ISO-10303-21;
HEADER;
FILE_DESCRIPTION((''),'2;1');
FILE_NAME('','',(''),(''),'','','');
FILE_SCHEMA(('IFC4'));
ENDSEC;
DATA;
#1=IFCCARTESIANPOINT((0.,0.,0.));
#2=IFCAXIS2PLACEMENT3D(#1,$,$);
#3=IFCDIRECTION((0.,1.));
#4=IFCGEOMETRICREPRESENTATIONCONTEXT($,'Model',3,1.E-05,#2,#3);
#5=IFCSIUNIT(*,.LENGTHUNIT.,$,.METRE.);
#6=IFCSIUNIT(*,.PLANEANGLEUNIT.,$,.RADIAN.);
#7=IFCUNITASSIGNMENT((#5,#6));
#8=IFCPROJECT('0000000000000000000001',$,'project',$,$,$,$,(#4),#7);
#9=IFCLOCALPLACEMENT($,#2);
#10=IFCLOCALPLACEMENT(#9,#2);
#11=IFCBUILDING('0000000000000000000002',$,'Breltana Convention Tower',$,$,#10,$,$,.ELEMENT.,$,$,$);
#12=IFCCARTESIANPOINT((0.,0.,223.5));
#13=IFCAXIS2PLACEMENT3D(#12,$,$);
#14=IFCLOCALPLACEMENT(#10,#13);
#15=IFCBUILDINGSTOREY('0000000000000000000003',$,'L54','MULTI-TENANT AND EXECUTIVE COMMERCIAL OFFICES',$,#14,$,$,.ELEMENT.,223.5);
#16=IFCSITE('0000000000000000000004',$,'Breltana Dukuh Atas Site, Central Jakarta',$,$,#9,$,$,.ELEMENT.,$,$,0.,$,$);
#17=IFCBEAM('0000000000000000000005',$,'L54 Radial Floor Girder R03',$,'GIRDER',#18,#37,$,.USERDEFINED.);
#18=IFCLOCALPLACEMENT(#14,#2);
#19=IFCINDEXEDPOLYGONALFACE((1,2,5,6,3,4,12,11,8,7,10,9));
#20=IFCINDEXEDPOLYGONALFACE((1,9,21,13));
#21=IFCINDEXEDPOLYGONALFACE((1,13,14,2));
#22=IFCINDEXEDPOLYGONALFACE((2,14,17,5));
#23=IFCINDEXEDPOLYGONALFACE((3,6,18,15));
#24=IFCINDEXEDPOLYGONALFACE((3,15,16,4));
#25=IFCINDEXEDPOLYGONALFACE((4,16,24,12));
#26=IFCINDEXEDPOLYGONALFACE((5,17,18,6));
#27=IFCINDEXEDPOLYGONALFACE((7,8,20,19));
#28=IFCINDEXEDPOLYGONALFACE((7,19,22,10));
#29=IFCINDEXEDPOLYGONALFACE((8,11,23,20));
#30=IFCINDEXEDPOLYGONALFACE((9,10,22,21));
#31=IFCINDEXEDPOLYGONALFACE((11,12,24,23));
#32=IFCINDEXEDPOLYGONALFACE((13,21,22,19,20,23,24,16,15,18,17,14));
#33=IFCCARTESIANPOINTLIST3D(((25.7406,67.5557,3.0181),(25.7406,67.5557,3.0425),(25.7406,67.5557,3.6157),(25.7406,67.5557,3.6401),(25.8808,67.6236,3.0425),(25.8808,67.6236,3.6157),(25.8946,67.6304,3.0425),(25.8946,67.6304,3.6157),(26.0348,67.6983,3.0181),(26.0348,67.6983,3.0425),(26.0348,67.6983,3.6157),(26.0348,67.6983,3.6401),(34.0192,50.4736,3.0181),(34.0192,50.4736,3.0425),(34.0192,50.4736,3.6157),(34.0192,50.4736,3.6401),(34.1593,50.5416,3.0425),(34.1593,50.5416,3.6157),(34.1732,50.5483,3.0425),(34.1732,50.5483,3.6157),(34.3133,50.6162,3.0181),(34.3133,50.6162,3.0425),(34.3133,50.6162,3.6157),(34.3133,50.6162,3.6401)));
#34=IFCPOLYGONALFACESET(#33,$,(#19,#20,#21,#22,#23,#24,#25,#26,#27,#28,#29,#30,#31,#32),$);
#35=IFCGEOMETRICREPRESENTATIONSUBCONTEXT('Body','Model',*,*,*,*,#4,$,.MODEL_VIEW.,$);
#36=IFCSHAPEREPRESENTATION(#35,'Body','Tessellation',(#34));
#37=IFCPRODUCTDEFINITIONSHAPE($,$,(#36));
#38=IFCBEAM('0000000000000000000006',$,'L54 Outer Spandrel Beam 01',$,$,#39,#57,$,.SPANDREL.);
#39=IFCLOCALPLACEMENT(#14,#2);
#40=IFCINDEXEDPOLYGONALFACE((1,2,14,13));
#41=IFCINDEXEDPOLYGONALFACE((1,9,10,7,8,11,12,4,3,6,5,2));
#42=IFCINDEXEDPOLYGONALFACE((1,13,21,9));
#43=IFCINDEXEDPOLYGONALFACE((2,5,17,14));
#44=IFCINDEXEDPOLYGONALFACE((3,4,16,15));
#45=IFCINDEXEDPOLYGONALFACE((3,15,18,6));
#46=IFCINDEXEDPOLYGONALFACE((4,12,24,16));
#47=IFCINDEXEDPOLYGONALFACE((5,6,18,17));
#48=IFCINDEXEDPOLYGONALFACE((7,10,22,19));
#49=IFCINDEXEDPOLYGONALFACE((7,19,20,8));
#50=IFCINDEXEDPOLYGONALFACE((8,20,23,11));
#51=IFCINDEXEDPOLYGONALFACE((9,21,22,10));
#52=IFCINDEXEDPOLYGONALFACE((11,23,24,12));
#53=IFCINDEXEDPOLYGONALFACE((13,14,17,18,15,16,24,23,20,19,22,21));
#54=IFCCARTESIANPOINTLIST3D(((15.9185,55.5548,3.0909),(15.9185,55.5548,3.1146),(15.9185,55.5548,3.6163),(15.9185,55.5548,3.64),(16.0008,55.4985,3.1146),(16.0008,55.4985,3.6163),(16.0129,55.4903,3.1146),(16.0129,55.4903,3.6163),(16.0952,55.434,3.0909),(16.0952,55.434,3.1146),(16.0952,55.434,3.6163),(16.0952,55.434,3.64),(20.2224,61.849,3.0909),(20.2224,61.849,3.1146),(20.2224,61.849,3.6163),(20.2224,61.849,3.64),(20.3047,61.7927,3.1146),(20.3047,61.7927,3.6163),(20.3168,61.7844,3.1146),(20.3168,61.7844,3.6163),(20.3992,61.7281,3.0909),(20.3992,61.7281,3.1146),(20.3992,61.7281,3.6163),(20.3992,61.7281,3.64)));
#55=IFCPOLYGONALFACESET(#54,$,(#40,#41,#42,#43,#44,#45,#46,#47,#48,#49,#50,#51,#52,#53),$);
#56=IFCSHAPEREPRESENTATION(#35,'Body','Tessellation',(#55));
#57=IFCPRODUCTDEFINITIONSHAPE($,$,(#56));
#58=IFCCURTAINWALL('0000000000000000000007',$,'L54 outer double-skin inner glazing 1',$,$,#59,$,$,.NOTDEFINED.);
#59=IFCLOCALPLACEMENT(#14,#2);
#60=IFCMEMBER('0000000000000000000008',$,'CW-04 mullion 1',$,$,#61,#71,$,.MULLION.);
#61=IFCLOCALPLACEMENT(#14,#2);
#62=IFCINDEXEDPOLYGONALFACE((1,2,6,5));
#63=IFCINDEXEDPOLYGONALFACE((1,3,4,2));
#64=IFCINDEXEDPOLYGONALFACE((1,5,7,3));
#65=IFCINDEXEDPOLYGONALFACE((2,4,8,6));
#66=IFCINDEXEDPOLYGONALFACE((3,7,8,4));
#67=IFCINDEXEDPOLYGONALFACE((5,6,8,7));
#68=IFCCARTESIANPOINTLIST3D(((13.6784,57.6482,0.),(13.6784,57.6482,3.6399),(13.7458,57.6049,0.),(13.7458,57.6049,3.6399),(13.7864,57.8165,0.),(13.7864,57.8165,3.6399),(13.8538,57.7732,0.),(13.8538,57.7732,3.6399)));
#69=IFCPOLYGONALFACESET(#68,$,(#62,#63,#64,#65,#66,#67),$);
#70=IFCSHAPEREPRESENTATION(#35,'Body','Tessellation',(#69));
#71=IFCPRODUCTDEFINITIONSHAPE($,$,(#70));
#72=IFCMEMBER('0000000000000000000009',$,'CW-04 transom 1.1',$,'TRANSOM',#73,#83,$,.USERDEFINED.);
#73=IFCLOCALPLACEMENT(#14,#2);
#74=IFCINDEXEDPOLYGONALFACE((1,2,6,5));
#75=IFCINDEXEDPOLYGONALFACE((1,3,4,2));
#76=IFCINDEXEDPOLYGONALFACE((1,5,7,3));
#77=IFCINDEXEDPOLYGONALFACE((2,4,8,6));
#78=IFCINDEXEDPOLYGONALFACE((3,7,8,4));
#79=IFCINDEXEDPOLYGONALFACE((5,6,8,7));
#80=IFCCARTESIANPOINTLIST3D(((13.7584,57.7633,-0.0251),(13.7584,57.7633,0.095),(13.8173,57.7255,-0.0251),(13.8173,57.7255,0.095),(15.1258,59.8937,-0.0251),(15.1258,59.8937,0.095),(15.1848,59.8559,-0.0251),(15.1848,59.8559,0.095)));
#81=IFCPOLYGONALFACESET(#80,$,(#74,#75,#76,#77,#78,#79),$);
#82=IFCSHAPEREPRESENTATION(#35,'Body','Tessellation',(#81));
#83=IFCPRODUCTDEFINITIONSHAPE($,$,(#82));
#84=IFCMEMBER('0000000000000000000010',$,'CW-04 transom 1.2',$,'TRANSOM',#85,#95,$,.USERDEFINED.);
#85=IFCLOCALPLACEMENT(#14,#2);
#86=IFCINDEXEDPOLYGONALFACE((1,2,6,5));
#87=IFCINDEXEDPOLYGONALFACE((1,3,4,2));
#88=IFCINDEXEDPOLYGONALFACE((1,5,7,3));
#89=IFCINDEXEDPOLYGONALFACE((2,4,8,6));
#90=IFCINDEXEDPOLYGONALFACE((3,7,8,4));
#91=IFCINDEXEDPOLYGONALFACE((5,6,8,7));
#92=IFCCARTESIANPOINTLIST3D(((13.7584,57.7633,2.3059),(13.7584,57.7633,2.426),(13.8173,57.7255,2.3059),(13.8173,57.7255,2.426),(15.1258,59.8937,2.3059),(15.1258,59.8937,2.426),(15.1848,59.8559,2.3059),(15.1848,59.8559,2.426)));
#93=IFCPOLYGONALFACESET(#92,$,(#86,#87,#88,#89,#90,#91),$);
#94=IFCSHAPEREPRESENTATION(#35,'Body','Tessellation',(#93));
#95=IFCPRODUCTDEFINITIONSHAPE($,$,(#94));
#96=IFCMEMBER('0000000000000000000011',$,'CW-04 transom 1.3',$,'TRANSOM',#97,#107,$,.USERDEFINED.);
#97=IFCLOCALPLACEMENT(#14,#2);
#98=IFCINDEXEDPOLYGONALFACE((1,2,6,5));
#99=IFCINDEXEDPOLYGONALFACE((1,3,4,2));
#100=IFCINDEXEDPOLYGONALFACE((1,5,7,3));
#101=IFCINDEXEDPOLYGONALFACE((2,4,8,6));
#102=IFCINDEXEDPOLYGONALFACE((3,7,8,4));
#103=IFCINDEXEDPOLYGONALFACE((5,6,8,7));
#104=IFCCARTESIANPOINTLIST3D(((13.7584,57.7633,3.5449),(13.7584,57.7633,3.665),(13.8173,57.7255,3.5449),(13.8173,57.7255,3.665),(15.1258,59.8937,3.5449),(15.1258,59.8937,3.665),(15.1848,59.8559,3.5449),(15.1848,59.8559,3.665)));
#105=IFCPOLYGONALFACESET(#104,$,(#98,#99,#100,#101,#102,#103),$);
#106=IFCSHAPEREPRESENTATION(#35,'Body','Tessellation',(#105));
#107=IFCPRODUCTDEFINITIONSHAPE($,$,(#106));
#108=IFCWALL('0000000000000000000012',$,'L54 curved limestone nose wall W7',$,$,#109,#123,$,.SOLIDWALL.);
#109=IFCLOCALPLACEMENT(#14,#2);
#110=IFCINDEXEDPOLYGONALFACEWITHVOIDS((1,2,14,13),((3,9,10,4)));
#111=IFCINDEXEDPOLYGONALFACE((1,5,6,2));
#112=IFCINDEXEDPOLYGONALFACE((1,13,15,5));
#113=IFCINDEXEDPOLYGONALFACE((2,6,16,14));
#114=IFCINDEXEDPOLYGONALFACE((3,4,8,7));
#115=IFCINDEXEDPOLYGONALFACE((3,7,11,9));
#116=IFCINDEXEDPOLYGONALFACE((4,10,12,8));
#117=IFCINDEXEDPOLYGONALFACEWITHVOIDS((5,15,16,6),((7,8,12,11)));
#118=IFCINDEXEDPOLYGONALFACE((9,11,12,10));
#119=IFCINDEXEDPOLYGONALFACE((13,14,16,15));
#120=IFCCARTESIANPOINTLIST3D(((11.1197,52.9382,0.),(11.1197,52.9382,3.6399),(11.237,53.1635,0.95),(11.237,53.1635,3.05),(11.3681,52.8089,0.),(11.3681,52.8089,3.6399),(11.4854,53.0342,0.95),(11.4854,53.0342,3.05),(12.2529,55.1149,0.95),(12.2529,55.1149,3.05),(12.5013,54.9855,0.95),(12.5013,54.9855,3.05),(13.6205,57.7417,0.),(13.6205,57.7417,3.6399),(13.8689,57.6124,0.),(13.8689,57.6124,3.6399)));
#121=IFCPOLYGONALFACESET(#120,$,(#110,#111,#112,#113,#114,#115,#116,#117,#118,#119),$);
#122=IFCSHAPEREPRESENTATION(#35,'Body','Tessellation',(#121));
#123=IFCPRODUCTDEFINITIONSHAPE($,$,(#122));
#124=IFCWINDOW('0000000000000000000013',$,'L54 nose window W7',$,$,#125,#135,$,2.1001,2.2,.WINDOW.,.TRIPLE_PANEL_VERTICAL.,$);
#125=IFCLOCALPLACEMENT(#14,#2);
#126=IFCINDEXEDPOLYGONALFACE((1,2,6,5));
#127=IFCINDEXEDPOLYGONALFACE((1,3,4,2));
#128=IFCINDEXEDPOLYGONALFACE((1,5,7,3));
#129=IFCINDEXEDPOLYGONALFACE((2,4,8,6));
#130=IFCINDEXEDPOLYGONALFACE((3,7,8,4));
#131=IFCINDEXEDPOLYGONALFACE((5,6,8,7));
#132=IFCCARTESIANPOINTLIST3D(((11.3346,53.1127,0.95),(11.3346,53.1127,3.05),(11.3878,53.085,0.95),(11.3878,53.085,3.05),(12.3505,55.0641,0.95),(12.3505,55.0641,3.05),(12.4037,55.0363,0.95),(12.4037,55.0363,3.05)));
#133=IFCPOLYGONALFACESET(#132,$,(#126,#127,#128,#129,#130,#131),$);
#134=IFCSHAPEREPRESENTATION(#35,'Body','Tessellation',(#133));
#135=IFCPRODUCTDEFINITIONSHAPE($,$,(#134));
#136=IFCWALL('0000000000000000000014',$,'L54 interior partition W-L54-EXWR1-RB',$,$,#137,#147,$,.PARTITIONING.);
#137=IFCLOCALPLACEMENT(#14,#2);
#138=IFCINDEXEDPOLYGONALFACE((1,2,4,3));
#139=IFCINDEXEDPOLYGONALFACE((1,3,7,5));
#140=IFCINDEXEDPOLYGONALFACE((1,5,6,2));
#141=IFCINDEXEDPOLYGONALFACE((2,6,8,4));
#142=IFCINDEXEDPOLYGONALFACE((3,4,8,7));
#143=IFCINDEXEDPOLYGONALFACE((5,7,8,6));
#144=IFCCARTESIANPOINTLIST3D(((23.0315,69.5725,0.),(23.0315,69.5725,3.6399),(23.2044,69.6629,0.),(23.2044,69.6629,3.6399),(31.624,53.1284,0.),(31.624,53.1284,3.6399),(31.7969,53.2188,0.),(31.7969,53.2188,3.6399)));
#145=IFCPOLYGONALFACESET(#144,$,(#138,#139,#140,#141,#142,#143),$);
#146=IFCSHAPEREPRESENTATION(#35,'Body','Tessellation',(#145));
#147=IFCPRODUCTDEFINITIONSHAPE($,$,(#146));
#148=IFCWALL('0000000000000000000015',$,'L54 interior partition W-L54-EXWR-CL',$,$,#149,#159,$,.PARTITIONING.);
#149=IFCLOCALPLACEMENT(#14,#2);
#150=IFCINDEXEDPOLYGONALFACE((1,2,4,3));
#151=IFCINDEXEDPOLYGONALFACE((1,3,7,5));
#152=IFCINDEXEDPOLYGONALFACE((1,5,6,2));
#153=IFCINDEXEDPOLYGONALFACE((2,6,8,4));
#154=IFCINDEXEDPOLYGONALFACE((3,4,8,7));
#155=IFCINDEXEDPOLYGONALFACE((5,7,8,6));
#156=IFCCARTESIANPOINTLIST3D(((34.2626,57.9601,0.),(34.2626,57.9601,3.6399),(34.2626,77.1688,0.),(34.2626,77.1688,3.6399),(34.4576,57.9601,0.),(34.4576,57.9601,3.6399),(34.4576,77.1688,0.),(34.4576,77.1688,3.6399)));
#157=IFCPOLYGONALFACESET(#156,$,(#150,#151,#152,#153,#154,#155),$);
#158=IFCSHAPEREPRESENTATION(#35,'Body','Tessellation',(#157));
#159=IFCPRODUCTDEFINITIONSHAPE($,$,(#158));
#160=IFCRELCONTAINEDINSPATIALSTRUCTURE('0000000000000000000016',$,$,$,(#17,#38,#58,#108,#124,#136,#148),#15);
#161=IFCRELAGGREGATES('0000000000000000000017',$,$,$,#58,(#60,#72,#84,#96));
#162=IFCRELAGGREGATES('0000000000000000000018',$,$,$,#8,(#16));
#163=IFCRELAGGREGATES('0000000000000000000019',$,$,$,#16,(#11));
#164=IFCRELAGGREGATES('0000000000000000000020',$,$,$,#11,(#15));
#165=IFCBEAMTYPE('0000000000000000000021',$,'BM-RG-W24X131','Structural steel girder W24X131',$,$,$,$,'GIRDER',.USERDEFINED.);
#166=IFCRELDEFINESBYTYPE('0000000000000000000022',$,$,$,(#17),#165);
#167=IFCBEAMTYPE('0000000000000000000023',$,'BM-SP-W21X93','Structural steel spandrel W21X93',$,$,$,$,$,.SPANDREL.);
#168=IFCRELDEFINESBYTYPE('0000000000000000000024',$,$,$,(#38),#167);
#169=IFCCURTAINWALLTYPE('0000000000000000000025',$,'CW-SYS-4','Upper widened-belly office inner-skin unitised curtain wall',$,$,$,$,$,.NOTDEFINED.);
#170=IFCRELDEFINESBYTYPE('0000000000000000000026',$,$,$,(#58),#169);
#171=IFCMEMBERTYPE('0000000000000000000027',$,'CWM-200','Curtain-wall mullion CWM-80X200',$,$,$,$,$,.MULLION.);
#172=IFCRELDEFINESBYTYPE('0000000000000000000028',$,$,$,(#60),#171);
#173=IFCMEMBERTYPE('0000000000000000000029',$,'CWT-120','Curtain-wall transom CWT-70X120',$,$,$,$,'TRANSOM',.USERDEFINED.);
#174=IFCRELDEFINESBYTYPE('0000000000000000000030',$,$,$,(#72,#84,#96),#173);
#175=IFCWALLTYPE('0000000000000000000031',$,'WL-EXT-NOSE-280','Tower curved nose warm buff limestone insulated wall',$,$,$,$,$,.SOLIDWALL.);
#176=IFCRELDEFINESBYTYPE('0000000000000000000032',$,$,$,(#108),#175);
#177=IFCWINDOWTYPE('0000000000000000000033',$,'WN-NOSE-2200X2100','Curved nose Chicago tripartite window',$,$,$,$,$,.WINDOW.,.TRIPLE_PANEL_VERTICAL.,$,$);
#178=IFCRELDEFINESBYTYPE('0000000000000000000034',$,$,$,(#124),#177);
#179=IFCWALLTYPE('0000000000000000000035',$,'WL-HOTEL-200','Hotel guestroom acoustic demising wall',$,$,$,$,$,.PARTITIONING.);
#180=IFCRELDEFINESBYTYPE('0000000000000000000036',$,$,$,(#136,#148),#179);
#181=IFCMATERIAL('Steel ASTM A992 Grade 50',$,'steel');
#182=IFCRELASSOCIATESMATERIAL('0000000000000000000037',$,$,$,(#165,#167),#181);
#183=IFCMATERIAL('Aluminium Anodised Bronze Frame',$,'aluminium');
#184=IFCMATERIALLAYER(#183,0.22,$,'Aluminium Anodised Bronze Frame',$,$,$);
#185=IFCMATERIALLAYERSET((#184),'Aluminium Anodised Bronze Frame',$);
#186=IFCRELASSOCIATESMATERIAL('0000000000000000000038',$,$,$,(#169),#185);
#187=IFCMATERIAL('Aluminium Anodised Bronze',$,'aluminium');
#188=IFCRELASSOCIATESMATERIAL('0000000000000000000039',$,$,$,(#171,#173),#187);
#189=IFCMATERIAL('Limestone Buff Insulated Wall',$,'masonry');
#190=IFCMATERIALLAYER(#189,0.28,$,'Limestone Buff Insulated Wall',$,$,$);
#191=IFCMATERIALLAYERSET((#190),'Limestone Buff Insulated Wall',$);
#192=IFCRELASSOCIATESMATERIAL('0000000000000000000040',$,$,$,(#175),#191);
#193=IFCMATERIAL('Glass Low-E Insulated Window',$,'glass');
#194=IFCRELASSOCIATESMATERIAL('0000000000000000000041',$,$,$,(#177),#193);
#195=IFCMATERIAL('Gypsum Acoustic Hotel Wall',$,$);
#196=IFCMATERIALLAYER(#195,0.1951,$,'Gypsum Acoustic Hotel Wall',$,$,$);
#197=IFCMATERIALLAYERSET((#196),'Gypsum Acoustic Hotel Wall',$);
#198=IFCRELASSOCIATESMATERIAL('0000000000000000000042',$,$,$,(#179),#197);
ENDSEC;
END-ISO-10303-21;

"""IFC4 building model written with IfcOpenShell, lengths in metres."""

from ifc_helpers import new_model, si_unit, direction, frame, frame_2d, origin, origin_2d, place, context, subcontext, project, spatial, rectangle, i_section, extrude, source, transform, mapped, material, layer, layer_set, material_profile, profile_set, type_object, type_shapes, element, fill, aggregate, save


model = new_model("IFC4")

# Units and contexts
model_context = context("Model", 3, precision=1e-05, world=origin(), true_north=direction((0.0, 1.0)))
body_context = subcontext(model_context, "Body", "Model", "MODEL_VIEW")
ifc_project = project(units=[si_unit("LENGTHUNIT", "METRE"), si_unit("PLANEANGLEUNIT", "RADIAN")], contexts=[model_context])

# Site, building, storey
site_placement = place(None, origin())
site = spatial("IfcSite", under=ifc_project, at=site_placement, Name="Breltana Dukuh Atas Site, Central Jakarta", CompositionType="ELEMENT", RefElevation=0.0)
building_placement = place(site_placement, origin())
building = spatial("IfcBuilding", under=site, at=building_placement, Name="Breltana Convention Tower", CompositionType="ELEMENT")
storey_placement = place(building_placement, frame((0.0, 0.0, 223.5)))
storey = spatial("IfcBuildingStorey", under=building, at=storey_placement, Name="L54", Description="MULTI-TENANT AND EXECUTIVE COMMERCIAL OFFICES", CompositionType="ELEMENT", Elevation=223.5)

# Shared definitions
ifc_material_1 = material(Name="Steel ASTM A992 Grade 50", Category="steel")

# Beams
ifc_material_profile_1 = material_profile(ifc_material_1, i_section(OverallWidth=0.3269, OverallDepth=0.6221, WebThickness=0.0154, FlangeThickness=0.0244, at=origin_2d()), Name="W24X131")
ifc_profile_set_1 = profile_set([ifc_material_profile_1], Name="Steel ASTM A992 Grade 50")
beam_type_1 = type_object("IfcBeamType", Name="BM-RG-W24X131", Description="Structural steel girder W24X131", ElementType="GIRDER", PredefinedType="USERDEFINED", material=ifc_profile_set_1)
shared_shape_1 = source(origin(), body_context, "Body", "SweptSolid", [
    extrude(i_section(OverallWidth=0.3269, OverallDepth=0.6221, WebThickness=0.0154, FlangeThickness=0.0244, at=origin_2d()), origin(), (0.0, 0.0, 1.0), 18.9824),
])
beam_1_placement = place(storey_placement, frame((34.1663, 50.5449, 3.3291), z_axis=(-0.436119, 0.899889, 0.0), x_axis=(-0.899889, -0.436119, 0.0)))
element("IfcBeam", 1, at=beam_1_placement, inside=storey, type_object=beam_type_1, Name="L54 Radial Floor Girder R03", ObjectType="GIRDER", PredefinedType="USERDEFINED", context=body_context, shape_type="MappedRepresentation", body=[
    mapped(shared_shape_1, transform((0.0, 0.0, 0.0), scale=1.0)),
])
ifc_material_profile_2 = material_profile(ifc_material_1, i_section(OverallWidth=0.2141, OverallDepth=0.5491, WebThickness=0.0146, FlangeThickness=0.0237, at=origin_2d()), Name="W21X93")
ifc_profile_set_2 = profile_set([ifc_material_profile_2], Name="Steel ASTM A992 Grade 50")
beam_type_2 = type_object("IfcBeamType", Name="BM-SP-W21X93", Description="Structural steel spandrel W21X93", PredefinedType="SPANDREL", material=ifc_profile_set_2)
shared_shape_2 = source(origin(), body_context, "Body", "SweptSolid", [
    extrude(i_section(OverallWidth=0.2141, OverallDepth=0.5491, WebThickness=0.0146, FlangeThickness=0.0237, at=origin_2d()), origin(), (0.0, 0.0, 1.0), 7.625),
])
type_shapes(beam_type_2, [shared_shape_2])
beam_2_placement = place(storey_placement, frame((16.0068, 55.4944, 3.3655), z_axis=(0.564452, 0.825466, 0.0), x_axis=(-0.825466, 0.564452, 0.0)))
element("IfcBeam", 2, at=beam_2_placement, inside=storey, type_object=beam_type_2, Name="L54 Outer Spandrel Beam 01", PredefinedType="SPANDREL", context=body_context, shape_type="MappedRepresentation", body=[
    mapped(shared_shape_2, transform((0.0, 0.0, 0.0), scale=1.0)),
])

# Curtain wall, members
ifc_material_2 = material(Name="Aluminium Anodised Bronze Frame", Category="aluminium")
ifc_layer_1 = layer(ifc_material_2, 0.22, Name="Aluminium Anodised Bronze Frame")
ifc_layer_set_1 = layer_set([ifc_layer_1], Name="Aluminium Anodised Bronze Frame")
curtain_wall_type = type_object("IfcCurtainWallType", Name="CW-SYS-4", Description="Upper widened-belly office inner-skin unitised curtain wall", PredefinedType="NOTDEFINED", material=ifc_layer_set_1)
curtain_wall_placement = place(storey_placement, origin())
curtain_wall = element("IfcCurtainWall", 3, at=curtain_wall_placement, inside=storey, type_object=curtain_wall_type, Name="L54 outer double-skin inner glazing 1", PredefinedType="NOTDEFINED")
ifc_material_3 = material(Name="Aluminium Anodised Bronze", Category="aluminium")
ifc_material_profile_3 = material_profile(ifc_material_3, rectangle(XDim=0.0801, YDim=0.2, at=origin_2d()), Name="CWM-80X200")
ifc_profile_set_3 = profile_set([ifc_material_profile_3], Name="Aluminium Anodised Bronze")
member_type_1 = type_object("IfcMemberType", Name="CWM-200", Description="Curtain-wall mullion CWM-80X200", PredefinedType="MULLION", material=ifc_profile_set_3)
shared_shape_3 = source(origin(), body_context, "Body", "SweptSolid", [
    extrude(rectangle(XDim=0.0801, YDim=0.2, at=origin_2d()), origin(), (0.0, 0.0, 1.0), 3.6399),
])
member_1_placement = place(storey_placement, frame((13.7661, 57.7107, 0.0), z_axis=(0.0, 0.0, 1.0), x_axis=(-0.841548, 0.540182, 0.0)))
member_1 = element("IfcMember", 4, at=member_1_placement, type_object=member_type_1, Name="CW-04 mullion 1", PredefinedType="MULLION", context=body_context, shape_type="MappedRepresentation", body=[
    mapped(shared_shape_3, transform((0.0, 0.0, 0.0), scale=1.0)),
])
ifc_material_profile_4 = material_profile(ifc_material_3, rectangle(XDim=0.0701, YDim=0.1201, at=origin_2d()), Name="CWT-70X120")
ifc_profile_set_4 = profile_set([ifc_material_profile_4], Name="Aluminium Anodised Bronze")
member_type_2 = type_object("IfcMemberType", Name="CWT-120", Description="Curtain-wall transom CWT-70X120", ElementType="TRANSOM", PredefinedType="USERDEFINED", material=ifc_profile_set_4)
shared_shape_4 = source(origin(), body_context, "Body", "SweptSolid", [
    extrude(rectangle(XDim=0.0701, YDim=0.1201, at=origin_2d()), origin(), (0.0, 0.0, 1.0), 2.5315),
])
member_2_placement = place(storey_placement, frame((13.7878, 57.7444, 0.0349), z_axis=(0.540173, 0.841554, 0.0), x_axis=(-0.841554, 0.540173, 0.0)))
member_2 = element("IfcMember", 5, at=member_2_placement, type_object=member_type_2, Name="CW-04 transom 1.1", ObjectType="TRANSOM", PredefinedType="USERDEFINED", context=body_context, shape_type="MappedRepresentation", body=[
    mapped(shared_shape_4, transform((0.0, 0.0, 0.0), scale=1.0)),
])
member_3_placement = place(storey_placement, frame((13.7878, 57.7444, 2.366), z_axis=(0.540173, 0.841554, 0.0), x_axis=(-0.841554, 0.540173, 0.0)))
member_3 = element("IfcMember", 6, at=member_3_placement, type_object=member_type_2, Name="CW-04 transom 1.2", ObjectType="TRANSOM", PredefinedType="USERDEFINED", context=body_context, shape_type="MappedRepresentation", body=[
    mapped(shared_shape_4, transform((0.0, 0.0, 0.0), scale=1.0)),
])
member_4_placement = place(storey_placement, frame((13.7878, 57.7444, 3.605), z_axis=(0.540173, 0.841554, 0.0), x_axis=(-0.841554, 0.540173, 0.0)))
member_4 = element("IfcMember", 7, at=member_4_placement, type_object=member_type_2, Name="CW-04 transom 1.3", ObjectType="TRANSOM", PredefinedType="USERDEFINED", context=body_context, shape_type="MappedRepresentation", body=[
    mapped(shared_shape_4, transform((0.0, 0.0, 0.0), scale=1.0)),
])
aggregate(curtain_wall, [member_1, member_2, member_3, member_4])

# Wall, opening, window
ifc_material_4 = material(Name="Limestone Buff Insulated Wall", Category="masonry")
ifc_layer_2 = layer(ifc_material_4, 0.28, Name="Limestone Buff Insulated Wall")
ifc_layer_set_2 = layer_set([ifc_layer_2], Name="Limestone Buff Insulated Wall")
wall_type_1 = type_object("IfcWallType", Name="WL-EXT-NOSE-280", Description="Tower curved nose warm buff limestone insulated wall", PredefinedType="SOLIDWALL", material=ifc_layer_set_2)
shared_shape_5 = source(origin(), body_context, "Body", "SweptSolid", [
    extrude(rectangle(XDim=5.4155, YDim=0.28, at=frame_2d((2.7078, 0.0))), origin(), (0.0, 0.0, 1.0), 3.6399),
])
wall_1_placement = place(storey_placement, frame((11.2439, 52.8735, 0.0), z_axis=(0.0, 0.0, 1.0), x_axis=(0.461779, 0.886995, 0.0)))
wall_1 = element("IfcWall", 8, at=wall_1_placement, inside=storey, type_object=wall_type_1, Name="L54 curved limestone nose wall W7", PredefinedType="SOLIDWALL", context=body_context, shape_type="MappedRepresentation", body=[
    mapped(shared_shape_5, transform((0.0, 0.0, 0.0), scale=1.0)),
])
opening_1_placement = place(wall_1_placement, frame((0.2539, 0.0, 0.95)))
opening_1 = element("IfcOpeningElement", 9, at=opening_1_placement, cuts=wall_1, PredefinedType="OPENING", context=body_context, shape_type="SweptSolid", body=[
    extrude(rectangle(XDim=2.2, YDim=2.1001, at=frame_2d((1.1001, 1.05))), frame((0.0, 0.1499, 0.0), z_axis=(0.0, -1.0, 0.0), x_axis=(1.0, 0.0, 0.0)), (0.0, 0.0, 1.0), 0.3),
])
ifc_material_5 = material(Name="Glass Low-E Insulated Window", Category="glass")
window_type = type_object("IfcWindowType", Name="WN-NOSE-2200X2100", Description="Curved nose Chicago tripartite window", PartitioningType="TRIPLE_PANEL_VERTICAL", PredefinedType="WINDOW", material=ifc_material_5)
shared_shape_6 = source(origin(), body_context, "Body", "SweptSolid", [
    extrude(rectangle(XDim=2.2, YDim=2.1001, at=frame_2d((1.1001, 1.05))), frame((0.0, 0.03, 0.0), z_axis=(0.0, -1.0, 0.0), x_axis=(1.0, 0.0, 0.0)), (0.0, 0.0, 1.0), 0.0601),
])
type_shapes(window_type, [shared_shape_6])
window_placement = place(opening_1_placement, origin())
window = element("IfcWindow", 10, at=window_placement, inside=storey, type_object=window_type, Name="L54 nose window W7", OverallHeight=2.1001, OverallWidth=2.2, PartitioningType="TRIPLE_PANEL_VERTICAL", PredefinedType="WINDOW", context=body_context, shape_type="MappedRepresentation", body=[
    mapped(shared_shape_6, transform((0.0, 0.0, 0.0), scale=1.0)),
])
fill(opening_1, window)

# Wall
ifc_material_6 = material(Name="Gypsum Acoustic Hotel Wall")
ifc_layer_3 = layer(ifc_material_6, 0.1951, Name="Gypsum Acoustic Hotel Wall")
ifc_layer_set_3 = layer_set([ifc_layer_3], Name="Gypsum Acoustic Hotel Wall")
wall_type_2 = type_object("IfcWallType", Name="WL-HOTEL-200", Description="Hotel guestroom acoustic demising wall", PredefinedType="PARTITIONING", material=ifc_layer_set_3)
shared_shape_7 = source(origin(), body_context, "Body", "SweptSolid", [
    extrude(rectangle(XDim=18.5537, YDim=0.1951, at=frame_2d((9.2769, 0.0))), origin(), (0.0, 0.0, 1.0), 3.6399),
])
wall_2_placement = place(storey_placement, frame((31.7104, 53.1736, 0.0), z_axis=(0.0, 0.0, 1.0), x_axis=(-0.463117, 0.886297, 0.0)))
element("IfcWall", 11, at=wall_2_placement, inside=storey, type_object=wall_type_2, Name="L54 interior partition W-L54-EXWR1-RB", PredefinedType="PARTITIONING", context=body_context, shape_type="MappedRepresentation", body=[
    mapped(shared_shape_7, transform((0.0, 0.0, 0.0), scale=1.0)),
])

# Wall
shared_shape_8 = source(origin(), body_context, "Body", "SweptSolid", [
    extrude(rectangle(XDim=19.2087, YDim=0.1951, at=frame_2d((9.6045, 0.0))), origin(), (0.0, 0.0, 1.0), 3.6399),
])
wall_3_placement = place(storey_placement, frame((34.3601, 57.96, 0.0), z_axis=(0.0, 0.0, 1.0), x_axis=(0.0, 1.0, 0.0)))
element("IfcWall", 12, at=wall_3_placement, inside=storey, type_object=wall_type_2, Name="L54 interior partition W-L54-EXWR-CL", PredefinedType="PARTITIONING", context=body_context, shape_type="MappedRepresentation", body=[
    mapped(shared_shape_8, transform((0.0, 0.0, 0.0), scale=1.0)),
])

save(model, "model.ifc")
